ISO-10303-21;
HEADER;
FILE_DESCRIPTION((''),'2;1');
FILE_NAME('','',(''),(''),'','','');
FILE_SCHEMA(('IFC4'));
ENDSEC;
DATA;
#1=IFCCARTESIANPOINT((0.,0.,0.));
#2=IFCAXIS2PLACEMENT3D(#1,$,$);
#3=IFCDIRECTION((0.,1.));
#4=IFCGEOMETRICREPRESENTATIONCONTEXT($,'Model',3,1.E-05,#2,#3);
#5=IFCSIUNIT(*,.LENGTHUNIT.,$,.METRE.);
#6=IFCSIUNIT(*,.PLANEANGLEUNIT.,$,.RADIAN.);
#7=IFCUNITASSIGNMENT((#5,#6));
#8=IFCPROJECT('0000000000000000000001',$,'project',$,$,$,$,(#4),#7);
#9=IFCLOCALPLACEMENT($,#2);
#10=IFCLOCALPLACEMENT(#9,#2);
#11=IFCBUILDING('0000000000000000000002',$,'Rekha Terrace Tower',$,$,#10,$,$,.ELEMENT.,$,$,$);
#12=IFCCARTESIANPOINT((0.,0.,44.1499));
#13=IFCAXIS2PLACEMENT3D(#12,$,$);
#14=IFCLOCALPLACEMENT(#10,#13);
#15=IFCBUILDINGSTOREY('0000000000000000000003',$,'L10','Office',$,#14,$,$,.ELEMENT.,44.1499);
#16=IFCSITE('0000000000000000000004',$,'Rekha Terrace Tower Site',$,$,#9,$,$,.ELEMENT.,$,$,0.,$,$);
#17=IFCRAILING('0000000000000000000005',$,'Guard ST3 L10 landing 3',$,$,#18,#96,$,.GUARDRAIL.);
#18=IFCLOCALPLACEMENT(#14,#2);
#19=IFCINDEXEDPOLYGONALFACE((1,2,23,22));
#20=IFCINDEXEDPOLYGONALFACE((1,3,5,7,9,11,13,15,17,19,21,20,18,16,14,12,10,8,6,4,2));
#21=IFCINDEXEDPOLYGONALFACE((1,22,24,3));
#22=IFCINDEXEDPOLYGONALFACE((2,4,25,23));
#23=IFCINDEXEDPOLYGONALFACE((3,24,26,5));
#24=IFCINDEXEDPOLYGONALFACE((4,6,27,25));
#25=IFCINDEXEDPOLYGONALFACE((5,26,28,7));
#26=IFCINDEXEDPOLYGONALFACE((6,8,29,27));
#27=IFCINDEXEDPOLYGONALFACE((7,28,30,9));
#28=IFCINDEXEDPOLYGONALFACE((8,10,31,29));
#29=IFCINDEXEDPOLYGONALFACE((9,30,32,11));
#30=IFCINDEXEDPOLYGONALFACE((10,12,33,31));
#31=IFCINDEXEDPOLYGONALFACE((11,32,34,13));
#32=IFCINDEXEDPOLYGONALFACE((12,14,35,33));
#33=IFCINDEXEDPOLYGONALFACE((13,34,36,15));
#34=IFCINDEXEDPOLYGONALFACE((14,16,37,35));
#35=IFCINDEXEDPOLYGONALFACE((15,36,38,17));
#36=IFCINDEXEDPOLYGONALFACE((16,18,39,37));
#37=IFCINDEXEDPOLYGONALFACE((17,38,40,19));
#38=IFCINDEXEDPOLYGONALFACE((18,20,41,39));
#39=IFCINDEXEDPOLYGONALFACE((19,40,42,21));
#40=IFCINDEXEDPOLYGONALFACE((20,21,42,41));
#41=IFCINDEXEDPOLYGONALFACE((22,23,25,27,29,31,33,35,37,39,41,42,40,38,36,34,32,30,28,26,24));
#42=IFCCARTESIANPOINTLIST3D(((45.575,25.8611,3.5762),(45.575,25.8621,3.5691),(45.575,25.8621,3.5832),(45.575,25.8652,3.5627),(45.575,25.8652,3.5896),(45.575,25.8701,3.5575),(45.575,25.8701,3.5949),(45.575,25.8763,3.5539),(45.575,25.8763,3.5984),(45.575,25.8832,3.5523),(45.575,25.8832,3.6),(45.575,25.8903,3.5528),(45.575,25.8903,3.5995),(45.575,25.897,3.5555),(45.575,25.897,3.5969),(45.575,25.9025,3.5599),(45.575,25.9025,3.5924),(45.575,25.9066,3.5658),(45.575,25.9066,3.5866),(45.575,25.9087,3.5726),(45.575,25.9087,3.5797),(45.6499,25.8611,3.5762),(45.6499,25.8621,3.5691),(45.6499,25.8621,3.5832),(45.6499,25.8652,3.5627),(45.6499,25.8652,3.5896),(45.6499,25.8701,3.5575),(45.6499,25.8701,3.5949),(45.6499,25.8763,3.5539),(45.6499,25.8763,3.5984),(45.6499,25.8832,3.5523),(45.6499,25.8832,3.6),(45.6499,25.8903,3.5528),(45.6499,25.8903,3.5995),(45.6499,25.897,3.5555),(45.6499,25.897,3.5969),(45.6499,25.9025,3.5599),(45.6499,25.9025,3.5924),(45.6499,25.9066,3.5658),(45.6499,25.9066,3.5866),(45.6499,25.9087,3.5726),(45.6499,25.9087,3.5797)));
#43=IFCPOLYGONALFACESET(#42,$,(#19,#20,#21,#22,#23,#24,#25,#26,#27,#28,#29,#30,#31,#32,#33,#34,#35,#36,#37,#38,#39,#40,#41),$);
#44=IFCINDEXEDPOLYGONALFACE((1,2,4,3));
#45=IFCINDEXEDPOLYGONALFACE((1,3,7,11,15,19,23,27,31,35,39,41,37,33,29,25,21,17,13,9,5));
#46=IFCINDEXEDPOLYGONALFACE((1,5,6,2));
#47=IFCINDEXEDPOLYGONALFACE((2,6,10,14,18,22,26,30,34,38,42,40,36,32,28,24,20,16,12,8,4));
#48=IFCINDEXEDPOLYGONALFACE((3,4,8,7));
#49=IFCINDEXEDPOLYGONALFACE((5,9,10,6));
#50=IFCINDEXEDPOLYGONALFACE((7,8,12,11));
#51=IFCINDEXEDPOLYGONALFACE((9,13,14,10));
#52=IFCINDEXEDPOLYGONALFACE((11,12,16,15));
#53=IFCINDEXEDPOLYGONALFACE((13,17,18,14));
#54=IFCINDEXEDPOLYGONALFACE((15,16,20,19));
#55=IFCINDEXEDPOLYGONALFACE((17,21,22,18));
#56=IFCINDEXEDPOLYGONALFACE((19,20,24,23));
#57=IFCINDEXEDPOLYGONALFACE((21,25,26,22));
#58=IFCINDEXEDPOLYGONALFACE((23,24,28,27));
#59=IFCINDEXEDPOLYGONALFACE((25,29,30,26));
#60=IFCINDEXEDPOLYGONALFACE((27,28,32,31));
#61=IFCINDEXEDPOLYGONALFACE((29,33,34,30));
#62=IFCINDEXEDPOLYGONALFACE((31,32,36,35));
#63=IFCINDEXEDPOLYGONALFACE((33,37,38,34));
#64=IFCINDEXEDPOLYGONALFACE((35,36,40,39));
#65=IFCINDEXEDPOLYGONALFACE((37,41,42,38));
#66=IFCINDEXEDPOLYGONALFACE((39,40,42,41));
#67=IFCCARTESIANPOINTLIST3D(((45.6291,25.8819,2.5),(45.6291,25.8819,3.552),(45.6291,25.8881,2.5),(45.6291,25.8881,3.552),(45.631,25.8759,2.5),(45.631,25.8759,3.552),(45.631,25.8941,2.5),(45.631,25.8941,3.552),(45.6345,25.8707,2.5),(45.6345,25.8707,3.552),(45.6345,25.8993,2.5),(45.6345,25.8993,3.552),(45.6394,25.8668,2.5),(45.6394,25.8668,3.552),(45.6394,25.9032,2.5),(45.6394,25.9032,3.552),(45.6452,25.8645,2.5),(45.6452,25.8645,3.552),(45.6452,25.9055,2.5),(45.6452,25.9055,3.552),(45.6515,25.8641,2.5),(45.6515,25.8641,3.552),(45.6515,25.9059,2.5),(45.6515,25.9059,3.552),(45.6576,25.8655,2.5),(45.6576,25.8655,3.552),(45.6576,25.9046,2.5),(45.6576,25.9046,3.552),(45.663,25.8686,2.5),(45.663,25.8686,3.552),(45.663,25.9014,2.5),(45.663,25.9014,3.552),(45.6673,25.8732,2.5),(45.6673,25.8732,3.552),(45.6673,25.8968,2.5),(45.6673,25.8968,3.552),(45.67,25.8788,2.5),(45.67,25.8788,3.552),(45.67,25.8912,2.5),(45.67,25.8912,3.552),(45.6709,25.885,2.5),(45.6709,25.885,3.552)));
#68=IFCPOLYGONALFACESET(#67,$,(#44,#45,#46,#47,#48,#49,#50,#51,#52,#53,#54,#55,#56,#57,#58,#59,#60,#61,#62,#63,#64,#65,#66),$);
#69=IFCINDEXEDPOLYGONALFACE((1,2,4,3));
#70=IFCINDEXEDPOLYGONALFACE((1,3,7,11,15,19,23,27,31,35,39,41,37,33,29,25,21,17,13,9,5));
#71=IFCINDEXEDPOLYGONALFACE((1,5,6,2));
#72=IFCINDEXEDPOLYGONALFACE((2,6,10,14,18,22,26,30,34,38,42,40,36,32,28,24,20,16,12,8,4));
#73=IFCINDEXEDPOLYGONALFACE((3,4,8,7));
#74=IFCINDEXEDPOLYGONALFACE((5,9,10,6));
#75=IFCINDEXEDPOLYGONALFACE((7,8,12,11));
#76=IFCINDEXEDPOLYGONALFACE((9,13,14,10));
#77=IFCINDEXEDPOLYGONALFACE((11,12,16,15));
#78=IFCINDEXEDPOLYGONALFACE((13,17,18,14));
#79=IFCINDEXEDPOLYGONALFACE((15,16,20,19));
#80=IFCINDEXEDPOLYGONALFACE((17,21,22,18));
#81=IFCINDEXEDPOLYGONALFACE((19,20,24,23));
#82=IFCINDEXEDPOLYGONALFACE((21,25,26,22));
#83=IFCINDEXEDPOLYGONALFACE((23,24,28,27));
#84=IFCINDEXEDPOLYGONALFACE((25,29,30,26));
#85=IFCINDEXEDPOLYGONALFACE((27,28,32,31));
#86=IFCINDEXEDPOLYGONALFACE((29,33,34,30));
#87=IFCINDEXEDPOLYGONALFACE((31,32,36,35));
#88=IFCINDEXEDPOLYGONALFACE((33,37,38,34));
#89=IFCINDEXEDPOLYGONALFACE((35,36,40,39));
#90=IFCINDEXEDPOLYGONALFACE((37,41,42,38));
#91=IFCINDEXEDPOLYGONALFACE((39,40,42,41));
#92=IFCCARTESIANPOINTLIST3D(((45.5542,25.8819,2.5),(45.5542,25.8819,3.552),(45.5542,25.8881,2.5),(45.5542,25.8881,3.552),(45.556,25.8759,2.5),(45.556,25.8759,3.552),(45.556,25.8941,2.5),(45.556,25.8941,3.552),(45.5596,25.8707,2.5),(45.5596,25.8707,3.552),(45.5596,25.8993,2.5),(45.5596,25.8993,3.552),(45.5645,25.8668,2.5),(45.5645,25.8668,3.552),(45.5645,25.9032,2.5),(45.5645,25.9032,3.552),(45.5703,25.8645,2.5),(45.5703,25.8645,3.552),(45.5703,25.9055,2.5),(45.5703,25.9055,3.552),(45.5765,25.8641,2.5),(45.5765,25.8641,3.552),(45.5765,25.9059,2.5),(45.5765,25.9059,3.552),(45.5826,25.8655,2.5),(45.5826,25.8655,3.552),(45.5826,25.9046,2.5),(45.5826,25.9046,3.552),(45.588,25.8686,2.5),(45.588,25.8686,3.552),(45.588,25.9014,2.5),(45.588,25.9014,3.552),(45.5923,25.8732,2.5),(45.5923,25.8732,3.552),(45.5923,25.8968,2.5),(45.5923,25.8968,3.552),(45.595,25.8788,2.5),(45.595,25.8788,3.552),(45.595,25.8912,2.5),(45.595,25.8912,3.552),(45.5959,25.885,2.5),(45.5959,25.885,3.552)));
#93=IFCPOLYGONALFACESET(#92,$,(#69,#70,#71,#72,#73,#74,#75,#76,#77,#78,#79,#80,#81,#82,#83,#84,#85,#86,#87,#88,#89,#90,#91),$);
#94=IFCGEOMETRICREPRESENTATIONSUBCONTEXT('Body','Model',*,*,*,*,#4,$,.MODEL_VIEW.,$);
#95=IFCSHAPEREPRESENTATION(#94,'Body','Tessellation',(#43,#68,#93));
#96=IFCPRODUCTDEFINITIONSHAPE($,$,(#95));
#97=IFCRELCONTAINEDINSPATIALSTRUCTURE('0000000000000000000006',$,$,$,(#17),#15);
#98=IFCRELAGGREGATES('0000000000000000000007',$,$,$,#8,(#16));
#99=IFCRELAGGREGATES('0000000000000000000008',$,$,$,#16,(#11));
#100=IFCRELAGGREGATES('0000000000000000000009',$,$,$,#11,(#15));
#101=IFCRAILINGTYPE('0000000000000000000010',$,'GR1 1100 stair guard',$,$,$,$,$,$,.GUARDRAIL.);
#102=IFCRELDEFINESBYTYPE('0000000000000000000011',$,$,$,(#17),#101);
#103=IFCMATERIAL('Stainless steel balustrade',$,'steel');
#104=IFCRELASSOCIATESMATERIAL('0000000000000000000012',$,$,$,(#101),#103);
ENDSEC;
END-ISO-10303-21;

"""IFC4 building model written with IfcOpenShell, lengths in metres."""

from ifc_helpers import new_model, si_unit, direction, frame, origin, origin_2d, place, context, subcontext, project, spatial, circle, extrude, material, type_object, element, save


model = new_model("IFC4")

# Units and contexts
model_context = context("Model", 3, precision=1e-05, world=origin(), true_north=direction((0.0, 1.0)))
body_context = subcontext(model_context, "Body", "Model", "MODEL_VIEW")
ifc_project = project(units=[si_unit("LENGTHUNIT", "METRE"), si_unit("PLANEANGLEUNIT", "RADIAN")], contexts=[model_context])

# Site, building, storey
site_placement = place(None, origin())
site = spatial("IfcSite", under=ifc_project, at=site_placement, Name="Rekha Terrace Tower Site", CompositionType="ELEMENT", RefElevation=0.0)
building_placement = place(site_placement, origin())
building = spatial("IfcBuilding", under=site, at=building_placement, Name="Rekha Terrace Tower", CompositionType="ELEMENT")
storey_placement = place(building_placement, frame((0.0, 0.0, 44.1499)))
storey = spatial("IfcBuildingStorey", under=building, at=storey_placement, Name="L10", Description="Office", CompositionType="ELEMENT", Elevation=44.1499)

# Railing
ifc_material_1 = material(Name="Stainless steel balustrade", Category="steel")
railing_type_1 = type_object("IfcRailingType", Name="GR1 1100 stair guard", PredefinedType="GUARDRAIL", material=ifc_material_1)
railing_1_placement = place(storey_placement, frame((45.6499, 25.885, 2.5)))
element("IfcRailing", 1, at=railing_1_placement, inside=storey, type_object=railing_type_1, Name="Guard ST3 L10 landing 3", PredefinedType="GUARDRAIL", context=body_context, shape_type="SweptSolid", body=[
    extrude(circle(Radius=0.0239, at=origin_2d()), frame((0.0, 0.0, 1.0762), z_axis=(-1.0, 0.0, 0.0), x_axis=(0.0, -1.0, 0.0)), (0.0, 0.0, 1.0), 0.075),
    extrude(circle(Radius=0.021, at=origin_2d()), origin(), (0.0, 0.0, 1.0), 1.052),
    extrude(circle(Radius=0.021, at=origin_2d()), frame((-0.075, 0.0, 0.0)), (0.0, 0.0, 1.0), 1.052),
])

save(model, "model.ifc")
